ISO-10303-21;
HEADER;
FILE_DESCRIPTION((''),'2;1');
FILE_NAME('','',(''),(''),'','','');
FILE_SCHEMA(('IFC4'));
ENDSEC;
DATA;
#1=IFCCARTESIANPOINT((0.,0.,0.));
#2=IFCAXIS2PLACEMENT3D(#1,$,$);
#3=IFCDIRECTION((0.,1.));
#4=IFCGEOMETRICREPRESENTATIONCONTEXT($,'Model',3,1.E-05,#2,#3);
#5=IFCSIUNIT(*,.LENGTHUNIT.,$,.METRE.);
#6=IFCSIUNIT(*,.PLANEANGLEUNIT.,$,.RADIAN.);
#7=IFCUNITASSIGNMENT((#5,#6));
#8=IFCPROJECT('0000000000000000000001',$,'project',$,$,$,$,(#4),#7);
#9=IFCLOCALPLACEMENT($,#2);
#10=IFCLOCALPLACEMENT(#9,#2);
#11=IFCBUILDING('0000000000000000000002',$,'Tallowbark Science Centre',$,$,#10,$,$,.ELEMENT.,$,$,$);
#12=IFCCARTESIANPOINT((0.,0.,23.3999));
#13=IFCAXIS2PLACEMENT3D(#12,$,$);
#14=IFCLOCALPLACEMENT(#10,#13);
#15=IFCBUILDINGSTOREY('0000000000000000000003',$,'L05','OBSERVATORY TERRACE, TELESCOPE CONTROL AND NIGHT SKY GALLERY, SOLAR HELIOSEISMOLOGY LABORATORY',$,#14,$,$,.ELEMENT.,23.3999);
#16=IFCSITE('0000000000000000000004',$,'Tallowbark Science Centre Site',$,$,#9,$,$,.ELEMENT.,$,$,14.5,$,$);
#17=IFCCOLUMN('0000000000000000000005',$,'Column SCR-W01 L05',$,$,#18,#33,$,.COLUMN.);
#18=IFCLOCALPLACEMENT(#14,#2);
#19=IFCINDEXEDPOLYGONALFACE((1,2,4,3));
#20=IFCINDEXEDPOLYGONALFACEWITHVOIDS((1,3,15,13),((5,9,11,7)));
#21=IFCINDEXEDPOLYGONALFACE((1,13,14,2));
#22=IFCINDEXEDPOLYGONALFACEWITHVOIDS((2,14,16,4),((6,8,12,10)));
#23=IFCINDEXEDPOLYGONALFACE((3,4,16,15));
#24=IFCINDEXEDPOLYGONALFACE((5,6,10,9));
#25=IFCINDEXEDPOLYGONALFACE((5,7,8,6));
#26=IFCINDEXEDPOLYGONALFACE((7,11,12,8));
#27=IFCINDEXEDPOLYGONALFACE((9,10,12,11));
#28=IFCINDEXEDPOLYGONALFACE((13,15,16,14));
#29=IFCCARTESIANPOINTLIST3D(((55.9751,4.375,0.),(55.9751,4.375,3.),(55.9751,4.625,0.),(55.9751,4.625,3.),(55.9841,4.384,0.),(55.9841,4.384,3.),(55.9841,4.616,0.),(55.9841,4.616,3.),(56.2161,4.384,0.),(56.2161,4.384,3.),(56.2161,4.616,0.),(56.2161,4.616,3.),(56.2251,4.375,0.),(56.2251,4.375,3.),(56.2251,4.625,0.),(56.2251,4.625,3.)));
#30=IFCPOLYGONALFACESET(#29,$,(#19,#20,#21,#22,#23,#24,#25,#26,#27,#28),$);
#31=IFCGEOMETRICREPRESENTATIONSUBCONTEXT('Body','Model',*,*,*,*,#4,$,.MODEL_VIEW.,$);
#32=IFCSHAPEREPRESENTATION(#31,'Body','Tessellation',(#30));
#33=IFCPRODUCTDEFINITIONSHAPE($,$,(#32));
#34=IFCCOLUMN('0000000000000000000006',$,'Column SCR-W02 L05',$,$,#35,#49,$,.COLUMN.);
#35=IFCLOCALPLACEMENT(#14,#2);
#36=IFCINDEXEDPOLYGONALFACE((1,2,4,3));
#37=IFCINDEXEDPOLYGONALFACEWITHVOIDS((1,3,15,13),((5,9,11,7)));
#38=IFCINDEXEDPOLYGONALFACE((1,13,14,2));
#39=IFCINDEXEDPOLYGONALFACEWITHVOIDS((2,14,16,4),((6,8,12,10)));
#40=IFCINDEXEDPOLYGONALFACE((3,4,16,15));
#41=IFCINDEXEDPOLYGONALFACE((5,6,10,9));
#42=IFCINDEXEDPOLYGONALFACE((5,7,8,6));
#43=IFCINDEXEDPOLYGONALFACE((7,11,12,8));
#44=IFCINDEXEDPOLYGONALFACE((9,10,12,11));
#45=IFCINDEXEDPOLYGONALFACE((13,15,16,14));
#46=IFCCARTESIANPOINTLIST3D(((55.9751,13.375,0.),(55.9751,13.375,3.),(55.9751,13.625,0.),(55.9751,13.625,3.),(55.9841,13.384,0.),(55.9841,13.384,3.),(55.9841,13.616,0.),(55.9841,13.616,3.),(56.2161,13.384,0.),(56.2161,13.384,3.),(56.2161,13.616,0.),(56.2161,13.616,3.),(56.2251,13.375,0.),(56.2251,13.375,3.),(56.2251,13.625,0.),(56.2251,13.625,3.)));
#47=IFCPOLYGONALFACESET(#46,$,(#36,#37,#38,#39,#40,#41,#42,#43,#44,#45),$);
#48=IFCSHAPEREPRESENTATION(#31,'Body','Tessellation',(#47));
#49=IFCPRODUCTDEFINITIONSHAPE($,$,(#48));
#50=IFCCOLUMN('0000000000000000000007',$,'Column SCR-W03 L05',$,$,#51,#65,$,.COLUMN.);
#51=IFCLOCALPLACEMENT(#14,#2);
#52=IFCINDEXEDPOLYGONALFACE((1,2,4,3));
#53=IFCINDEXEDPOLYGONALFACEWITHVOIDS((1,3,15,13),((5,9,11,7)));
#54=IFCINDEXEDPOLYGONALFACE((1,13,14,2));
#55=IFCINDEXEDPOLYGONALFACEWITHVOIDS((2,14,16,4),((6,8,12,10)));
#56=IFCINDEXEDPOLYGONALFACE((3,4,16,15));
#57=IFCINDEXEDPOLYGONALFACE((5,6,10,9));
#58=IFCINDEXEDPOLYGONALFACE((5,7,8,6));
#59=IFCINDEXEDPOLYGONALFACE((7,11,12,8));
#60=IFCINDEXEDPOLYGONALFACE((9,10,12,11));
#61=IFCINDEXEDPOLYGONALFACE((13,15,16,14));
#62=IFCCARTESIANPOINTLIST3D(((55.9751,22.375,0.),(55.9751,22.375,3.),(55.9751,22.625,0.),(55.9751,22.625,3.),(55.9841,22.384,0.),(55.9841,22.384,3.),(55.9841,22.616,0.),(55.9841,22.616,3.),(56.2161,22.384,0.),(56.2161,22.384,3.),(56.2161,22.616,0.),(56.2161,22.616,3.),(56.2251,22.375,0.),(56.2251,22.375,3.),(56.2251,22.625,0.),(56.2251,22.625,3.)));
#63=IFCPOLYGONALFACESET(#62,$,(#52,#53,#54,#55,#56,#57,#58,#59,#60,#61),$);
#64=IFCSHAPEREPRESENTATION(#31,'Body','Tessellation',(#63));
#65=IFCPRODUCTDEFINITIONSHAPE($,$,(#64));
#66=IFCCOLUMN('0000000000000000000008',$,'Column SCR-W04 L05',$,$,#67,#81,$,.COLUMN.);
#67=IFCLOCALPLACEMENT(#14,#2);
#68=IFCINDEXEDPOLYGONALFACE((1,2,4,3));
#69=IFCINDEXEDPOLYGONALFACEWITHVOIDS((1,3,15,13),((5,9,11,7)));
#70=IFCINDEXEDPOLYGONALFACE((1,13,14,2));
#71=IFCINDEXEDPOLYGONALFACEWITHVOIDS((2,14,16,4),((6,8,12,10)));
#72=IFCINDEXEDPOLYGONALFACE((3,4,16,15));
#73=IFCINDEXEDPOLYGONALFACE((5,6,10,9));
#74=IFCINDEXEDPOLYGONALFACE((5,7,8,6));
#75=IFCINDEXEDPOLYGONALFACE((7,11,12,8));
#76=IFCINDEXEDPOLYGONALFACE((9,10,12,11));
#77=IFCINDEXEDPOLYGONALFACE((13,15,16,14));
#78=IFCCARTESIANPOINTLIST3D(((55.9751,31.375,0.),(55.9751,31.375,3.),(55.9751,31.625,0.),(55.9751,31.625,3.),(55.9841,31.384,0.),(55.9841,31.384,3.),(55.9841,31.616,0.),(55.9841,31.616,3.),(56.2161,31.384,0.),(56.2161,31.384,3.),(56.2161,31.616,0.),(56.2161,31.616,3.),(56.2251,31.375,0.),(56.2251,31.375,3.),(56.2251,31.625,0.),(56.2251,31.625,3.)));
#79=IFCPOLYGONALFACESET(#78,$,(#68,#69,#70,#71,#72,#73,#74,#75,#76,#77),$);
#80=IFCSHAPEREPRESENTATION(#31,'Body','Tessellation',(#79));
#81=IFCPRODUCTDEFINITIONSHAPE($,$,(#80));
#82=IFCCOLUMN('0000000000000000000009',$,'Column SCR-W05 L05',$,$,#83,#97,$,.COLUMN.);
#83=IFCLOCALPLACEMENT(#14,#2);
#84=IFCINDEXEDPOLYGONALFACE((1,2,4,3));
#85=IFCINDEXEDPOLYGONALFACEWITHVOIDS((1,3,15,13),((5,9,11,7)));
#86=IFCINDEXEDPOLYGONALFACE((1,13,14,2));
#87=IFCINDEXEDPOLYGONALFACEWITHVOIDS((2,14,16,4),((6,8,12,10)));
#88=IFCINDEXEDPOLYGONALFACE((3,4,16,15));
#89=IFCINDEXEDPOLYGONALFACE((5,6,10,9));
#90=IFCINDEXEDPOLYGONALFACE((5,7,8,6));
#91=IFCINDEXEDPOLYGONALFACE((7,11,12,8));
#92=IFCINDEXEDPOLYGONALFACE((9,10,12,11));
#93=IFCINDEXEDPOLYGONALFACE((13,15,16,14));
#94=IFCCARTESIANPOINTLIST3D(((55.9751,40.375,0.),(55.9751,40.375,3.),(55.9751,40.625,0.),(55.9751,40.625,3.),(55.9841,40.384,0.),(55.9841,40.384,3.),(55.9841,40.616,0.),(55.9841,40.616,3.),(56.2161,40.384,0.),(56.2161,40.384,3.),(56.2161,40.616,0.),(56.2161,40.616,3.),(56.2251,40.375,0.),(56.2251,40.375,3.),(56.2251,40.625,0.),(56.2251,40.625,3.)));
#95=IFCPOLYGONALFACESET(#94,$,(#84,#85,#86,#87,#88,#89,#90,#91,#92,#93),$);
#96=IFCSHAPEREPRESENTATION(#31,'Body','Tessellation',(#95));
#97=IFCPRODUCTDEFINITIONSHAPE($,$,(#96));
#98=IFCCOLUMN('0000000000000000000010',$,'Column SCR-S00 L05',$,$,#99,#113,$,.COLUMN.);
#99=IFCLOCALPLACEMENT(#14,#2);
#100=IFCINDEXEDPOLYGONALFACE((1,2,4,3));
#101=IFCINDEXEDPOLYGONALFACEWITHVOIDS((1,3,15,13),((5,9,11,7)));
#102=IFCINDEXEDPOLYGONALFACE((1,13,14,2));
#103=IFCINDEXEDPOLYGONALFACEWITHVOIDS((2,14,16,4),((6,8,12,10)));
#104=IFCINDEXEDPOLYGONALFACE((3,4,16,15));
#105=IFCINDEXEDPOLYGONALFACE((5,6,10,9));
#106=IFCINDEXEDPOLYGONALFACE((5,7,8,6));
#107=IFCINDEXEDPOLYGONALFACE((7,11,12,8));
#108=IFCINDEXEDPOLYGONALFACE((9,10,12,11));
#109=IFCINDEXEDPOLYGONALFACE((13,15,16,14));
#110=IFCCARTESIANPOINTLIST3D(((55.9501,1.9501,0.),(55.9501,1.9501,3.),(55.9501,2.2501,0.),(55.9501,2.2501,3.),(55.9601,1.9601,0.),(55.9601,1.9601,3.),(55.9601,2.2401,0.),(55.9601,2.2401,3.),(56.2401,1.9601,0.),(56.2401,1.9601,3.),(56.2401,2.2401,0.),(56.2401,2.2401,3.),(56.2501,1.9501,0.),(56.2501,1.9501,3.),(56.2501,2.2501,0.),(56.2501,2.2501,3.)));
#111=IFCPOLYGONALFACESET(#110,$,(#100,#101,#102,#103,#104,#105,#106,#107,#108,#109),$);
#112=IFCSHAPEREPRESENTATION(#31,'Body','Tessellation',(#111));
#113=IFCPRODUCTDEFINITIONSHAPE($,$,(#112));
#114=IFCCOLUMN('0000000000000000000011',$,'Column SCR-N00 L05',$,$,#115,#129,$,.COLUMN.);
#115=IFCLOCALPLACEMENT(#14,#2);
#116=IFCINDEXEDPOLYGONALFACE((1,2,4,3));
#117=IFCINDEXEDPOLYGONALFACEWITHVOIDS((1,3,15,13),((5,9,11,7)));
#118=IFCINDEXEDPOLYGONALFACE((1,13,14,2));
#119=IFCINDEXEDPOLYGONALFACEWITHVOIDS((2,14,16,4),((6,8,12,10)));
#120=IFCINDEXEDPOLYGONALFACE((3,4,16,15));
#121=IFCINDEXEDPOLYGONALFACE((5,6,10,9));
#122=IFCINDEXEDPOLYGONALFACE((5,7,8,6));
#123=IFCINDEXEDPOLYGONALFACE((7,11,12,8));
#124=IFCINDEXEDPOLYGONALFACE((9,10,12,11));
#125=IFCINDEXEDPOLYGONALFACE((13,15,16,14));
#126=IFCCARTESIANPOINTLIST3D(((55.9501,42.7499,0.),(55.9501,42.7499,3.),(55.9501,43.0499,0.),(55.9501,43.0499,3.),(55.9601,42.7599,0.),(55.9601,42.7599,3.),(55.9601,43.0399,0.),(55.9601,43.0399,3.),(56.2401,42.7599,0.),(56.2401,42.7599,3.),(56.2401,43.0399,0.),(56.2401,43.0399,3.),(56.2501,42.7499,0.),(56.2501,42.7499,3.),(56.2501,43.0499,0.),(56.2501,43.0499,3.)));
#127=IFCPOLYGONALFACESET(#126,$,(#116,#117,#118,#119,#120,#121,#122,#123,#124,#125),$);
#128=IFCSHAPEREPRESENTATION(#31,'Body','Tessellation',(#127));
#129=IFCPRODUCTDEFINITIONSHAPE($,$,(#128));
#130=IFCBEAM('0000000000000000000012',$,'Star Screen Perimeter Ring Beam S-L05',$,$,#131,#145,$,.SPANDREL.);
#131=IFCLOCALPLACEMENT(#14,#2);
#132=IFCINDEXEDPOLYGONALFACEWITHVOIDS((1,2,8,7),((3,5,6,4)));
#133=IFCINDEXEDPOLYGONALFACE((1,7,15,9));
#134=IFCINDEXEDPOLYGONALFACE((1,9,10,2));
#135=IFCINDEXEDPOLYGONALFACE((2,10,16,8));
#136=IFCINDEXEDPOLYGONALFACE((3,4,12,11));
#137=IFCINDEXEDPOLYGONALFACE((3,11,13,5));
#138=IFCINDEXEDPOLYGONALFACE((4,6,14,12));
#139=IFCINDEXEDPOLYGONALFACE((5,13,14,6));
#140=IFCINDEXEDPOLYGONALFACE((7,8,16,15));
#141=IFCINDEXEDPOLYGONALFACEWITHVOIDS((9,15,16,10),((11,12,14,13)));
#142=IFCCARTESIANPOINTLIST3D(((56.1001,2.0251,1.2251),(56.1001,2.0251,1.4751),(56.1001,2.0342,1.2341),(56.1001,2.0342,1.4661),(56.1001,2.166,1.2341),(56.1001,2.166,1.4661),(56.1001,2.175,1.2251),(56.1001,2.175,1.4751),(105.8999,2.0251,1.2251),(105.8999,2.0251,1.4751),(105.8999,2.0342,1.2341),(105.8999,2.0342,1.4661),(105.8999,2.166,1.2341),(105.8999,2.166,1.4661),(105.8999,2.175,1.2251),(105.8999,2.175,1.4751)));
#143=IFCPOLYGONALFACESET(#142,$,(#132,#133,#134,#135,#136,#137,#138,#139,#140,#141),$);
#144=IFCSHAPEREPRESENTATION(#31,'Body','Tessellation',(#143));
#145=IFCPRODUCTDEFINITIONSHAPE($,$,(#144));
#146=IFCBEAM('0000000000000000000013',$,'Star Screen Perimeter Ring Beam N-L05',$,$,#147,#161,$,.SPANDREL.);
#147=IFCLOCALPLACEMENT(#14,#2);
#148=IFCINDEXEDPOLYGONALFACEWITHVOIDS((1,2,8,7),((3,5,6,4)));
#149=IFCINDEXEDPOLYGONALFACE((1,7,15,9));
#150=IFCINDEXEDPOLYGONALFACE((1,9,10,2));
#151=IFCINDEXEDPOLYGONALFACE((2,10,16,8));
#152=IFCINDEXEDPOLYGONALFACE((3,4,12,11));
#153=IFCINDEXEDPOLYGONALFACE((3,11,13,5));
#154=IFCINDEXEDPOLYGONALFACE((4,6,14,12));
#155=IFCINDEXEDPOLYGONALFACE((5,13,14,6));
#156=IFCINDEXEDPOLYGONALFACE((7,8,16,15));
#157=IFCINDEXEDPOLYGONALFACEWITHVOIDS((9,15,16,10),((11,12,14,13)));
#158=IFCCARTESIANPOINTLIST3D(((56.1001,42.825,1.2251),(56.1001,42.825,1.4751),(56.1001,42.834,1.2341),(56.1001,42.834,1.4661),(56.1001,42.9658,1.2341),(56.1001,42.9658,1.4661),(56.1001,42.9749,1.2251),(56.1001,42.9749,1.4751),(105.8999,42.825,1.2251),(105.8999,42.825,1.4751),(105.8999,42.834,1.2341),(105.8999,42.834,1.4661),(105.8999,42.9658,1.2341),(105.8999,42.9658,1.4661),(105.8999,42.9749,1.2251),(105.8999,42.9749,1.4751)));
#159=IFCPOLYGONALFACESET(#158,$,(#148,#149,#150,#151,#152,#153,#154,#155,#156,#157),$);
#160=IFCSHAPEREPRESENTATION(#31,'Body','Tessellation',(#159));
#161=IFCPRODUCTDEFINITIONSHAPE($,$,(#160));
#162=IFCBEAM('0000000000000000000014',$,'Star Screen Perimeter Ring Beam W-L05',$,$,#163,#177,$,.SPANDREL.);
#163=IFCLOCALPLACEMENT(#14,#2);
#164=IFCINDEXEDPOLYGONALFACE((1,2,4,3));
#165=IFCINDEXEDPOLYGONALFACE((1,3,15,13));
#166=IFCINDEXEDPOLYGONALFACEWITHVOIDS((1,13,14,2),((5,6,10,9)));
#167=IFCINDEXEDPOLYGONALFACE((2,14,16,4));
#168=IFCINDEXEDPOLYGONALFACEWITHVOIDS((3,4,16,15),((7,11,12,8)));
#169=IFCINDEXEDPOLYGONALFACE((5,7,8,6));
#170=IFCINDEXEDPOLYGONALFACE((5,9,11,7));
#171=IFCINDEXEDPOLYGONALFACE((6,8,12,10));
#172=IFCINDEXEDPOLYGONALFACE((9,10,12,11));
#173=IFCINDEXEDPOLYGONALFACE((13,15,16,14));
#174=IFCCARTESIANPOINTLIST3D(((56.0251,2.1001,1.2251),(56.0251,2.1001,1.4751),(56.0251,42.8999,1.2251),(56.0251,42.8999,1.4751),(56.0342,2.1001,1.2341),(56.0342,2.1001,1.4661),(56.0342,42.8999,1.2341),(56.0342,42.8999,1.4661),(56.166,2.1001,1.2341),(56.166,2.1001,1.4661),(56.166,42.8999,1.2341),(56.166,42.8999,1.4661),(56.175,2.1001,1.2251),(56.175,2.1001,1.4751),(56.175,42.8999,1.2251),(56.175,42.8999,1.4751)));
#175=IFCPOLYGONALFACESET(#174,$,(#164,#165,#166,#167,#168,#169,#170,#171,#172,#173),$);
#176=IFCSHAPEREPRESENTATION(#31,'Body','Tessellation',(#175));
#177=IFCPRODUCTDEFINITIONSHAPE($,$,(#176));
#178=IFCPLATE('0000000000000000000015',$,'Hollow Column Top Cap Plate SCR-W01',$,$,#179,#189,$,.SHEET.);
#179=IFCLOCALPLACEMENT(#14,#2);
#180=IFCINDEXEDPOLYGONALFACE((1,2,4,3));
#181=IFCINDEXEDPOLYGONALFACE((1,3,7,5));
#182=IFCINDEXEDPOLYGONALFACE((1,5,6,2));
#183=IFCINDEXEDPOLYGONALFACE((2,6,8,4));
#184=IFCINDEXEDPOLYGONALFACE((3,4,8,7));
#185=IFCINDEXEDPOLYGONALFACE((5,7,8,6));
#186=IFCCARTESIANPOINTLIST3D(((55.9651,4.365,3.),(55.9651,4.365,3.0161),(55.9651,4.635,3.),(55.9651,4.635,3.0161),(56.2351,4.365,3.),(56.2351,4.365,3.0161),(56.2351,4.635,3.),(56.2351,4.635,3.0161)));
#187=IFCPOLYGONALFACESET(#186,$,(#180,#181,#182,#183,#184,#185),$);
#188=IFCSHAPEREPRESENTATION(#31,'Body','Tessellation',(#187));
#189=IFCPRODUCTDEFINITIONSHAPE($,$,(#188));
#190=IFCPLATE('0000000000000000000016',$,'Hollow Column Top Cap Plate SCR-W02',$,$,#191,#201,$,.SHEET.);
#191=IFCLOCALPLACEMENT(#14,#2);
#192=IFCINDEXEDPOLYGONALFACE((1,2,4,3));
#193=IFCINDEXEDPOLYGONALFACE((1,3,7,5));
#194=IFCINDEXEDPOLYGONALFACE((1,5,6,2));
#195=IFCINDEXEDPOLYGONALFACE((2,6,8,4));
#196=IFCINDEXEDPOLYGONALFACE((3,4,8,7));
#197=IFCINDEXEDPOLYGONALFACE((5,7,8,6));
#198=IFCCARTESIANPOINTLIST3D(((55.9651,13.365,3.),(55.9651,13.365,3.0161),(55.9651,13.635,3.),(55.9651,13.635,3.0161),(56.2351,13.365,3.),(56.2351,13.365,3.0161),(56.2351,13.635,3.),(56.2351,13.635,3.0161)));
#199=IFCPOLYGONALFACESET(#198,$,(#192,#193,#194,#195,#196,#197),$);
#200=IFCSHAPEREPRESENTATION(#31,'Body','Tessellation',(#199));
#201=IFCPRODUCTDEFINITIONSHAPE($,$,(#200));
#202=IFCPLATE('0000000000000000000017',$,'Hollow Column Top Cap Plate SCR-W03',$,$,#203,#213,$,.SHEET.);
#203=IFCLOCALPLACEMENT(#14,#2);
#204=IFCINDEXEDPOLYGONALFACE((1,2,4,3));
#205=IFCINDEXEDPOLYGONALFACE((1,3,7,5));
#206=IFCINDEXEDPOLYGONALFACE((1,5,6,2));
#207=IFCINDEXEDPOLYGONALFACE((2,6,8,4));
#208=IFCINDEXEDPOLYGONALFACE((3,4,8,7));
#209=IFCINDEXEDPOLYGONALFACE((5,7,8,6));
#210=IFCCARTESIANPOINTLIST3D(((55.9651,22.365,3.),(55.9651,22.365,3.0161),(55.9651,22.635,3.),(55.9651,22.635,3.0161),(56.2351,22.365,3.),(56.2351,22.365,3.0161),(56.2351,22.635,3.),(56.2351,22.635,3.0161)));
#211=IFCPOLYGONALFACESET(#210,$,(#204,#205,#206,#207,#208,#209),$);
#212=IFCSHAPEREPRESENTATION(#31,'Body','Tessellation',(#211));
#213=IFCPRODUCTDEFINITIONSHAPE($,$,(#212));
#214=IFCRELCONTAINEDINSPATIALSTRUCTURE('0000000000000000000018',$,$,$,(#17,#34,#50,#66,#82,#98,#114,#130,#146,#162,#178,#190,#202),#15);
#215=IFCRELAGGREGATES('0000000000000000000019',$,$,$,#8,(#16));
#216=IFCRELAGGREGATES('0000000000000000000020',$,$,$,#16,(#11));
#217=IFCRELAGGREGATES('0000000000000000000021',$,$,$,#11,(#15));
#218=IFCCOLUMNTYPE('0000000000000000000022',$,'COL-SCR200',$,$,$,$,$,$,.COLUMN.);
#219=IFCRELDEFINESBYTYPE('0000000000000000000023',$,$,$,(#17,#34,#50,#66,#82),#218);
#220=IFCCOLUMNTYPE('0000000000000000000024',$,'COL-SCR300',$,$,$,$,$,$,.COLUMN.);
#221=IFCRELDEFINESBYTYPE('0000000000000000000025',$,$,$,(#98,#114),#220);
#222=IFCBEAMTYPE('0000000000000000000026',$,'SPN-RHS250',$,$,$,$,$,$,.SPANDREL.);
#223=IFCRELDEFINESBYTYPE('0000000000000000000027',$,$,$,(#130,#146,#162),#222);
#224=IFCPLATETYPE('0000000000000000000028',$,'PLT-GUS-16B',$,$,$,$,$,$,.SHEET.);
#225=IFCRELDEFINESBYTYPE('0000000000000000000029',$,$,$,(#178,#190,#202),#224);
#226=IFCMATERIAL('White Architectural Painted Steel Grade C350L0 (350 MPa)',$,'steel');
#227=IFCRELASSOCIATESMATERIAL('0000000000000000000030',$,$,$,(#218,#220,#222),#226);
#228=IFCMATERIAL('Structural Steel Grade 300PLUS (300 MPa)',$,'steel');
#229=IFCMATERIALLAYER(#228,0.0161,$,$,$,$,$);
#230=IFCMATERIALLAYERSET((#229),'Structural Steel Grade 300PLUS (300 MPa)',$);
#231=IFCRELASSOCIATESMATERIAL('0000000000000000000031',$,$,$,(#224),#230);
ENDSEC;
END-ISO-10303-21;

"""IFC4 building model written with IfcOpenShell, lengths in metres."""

from ifc_helpers import new_model, si_unit, direction, frame, origin, origin_2d, place, context, subcontext, project, spatial, rectangle, hollow_rectangle, extrude, material, layer, layer_set, material_profile, profile_set, type_object, element, save


model = new_model("IFC4")

# Units and contexts
model_context = context("Model", 3, precision=1e-05, world=origin(), true_north=direction((0.0, 1.0)))
body_context = subcontext(model_context, "Body", "Model", "MODEL_VIEW")
ifc_project = project(units=[si_unit("LENGTHUNIT", "METRE"), si_unit("PLANEANGLEUNIT", "RADIAN")], contexts=[model_context])

# Site, building, storey
site_placement = place(None, origin())
site = spatial("IfcSite", under=ifc_project, at=site_placement, Name="Tallowbark Science Centre Site", CompositionType="ELEMENT", RefElevation=14.5)
building_placement = place(site_placement, origin())
building = spatial("IfcBuilding", under=site, at=building_placement, Name="Tallowbark Science Centre", CompositionType="ELEMENT")
storey_placement = place(building_placement, frame((0.0, 0.0, 23.3999)))
storey = spatial("IfcBuildingStorey", under=building, at=storey_placement, Name="L05", Description="OBSERVATORY TERRACE, TELESCOPE CONTROL AND NIGHT SKY GALLERY, SOLAR HELIOSEISMOLOGY LABORATORY", CompositionType="ELEMENT", Elevation=23.3999)

# Columns
ifc_material_1 = material(Name="White Architectural Painted Steel Grade C350L0 (350 MPa)", Category="steel")
ifc_material_profile_1 = material_profile(ifc_material_1, hollow_rectangle(XDim=0.25, YDim=0.25, WallThickness=0.009, at=origin_2d()), Name="250x250x9.0SHS")
ifc_profile_set_1 = profile_set([ifc_material_profile_1], Name="White Architectural Painted Steel Grade C350L0 (350 MPa)")
column_type_1 = type_object("IfcColumnType", Name="COL-SCR200", PredefinedType="COLUMN", material=ifc_profile_set_1)
for number, where, z_axis, x_axis, name in (
    (1, (56.1001, 4.5, 0.0), (0.0, 0.0, 1.0), (1.0, 0.0, 0.0), "Column SCR-W01 L05"),
    (2, (56.1001, 13.5, 0.0), (0.0, 0.0, 1.0), (1.0, 0.0, 0.0), "Column SCR-W02 L05"),
    (3, (56.1001, 22.5, 0.0), (0.0, 0.0, 1.0), (1.0, 0.0, 0.0), "Column SCR-W03 L05"),
    (4, (56.1001, 31.5, 0.0), (0.0, 0.0, 1.0), (1.0, 0.0, 0.0), "Column SCR-W04 L05"),
    (5, (56.1001, 40.5, 0.0), (0.0, 0.0, 1.0), (1.0, 0.0, 0.0), "Column SCR-W05 L05"),
):
    element("IfcColumn", number, at=place(storey_placement, frame(where, z_axis=z_axis, x_axis=x_axis)), inside=storey, type_object=column_type_1, Name=name, PredefinedType="COLUMN", context=body_context, shape_type="SweptSolid", body=[
        extrude(hollow_rectangle(XDim=0.25, YDim=0.25, WallThickness=0.009, at=origin_2d()), origin(), (0.0, 0.0, 1.0), 3.0),
    ])
ifc_material_profile_2 = material_profile(ifc_material_1, hollow_rectangle(XDim=0.3, YDim=0.3, WallThickness=0.01, at=origin_2d()), Name="300x300x10.0SHS")
ifc_profile_set_2 = profile_set([ifc_material_profile_2], Name="White Architectural Painted Steel Grade C350L0 (350 MPa)")
column_type_2 = type_object("IfcColumnType", Name="COL-SCR300", PredefinedType="COLUMN", material=ifc_profile_set_2)
for number, where, z_axis, x_axis, name in (
    (6, (56.1001, 2.1001, 0.0), (0.0, 0.0, 1.0), (1.0, 0.0, 0.0), "Column SCR-S00 L05"),
    (7, (56.1001, 42.8999, 0.0), (0.0, 0.0, 1.0), (1.0, 0.0, 0.0), "Column SCR-N00 L05"),
):
    element("IfcColumn", number, at=place(storey_placement, frame(where, z_axis=z_axis, x_axis=x_axis)), inside=storey, type_object=column_type_2, Name=name, PredefinedType="COLUMN", context=body_context, shape_type="SweptSolid", body=[
        extrude(hollow_rectangle(XDim=0.3, YDim=0.3, WallThickness=0.01, at=origin_2d()), origin(), (0.0, 0.0, 1.0), 3.0),
    ])

# Beams
ifc_material_profile_3 = material_profile(ifc_material_1, hollow_rectangle(XDim=0.1499, YDim=0.25, WallThickness=0.009, at=origin_2d()), Name="250x150x9.0RHS")
ifc_profile_set_3 = profile_set([ifc_material_profile_3], Name="White Architectural Painted Steel Grade C350L0 (350 MPa)")
beam_type = type_object("IfcBeamType", Name="SPN-RHS250", PredefinedType="SPANDREL", material=ifc_profile_set_3)
for number, where, z_axis, x_axis, name in (
    (8, (56.1001, 2.1001, 1.3501), (1.0, 0.0, 0.0), (0.0, 1.0, 0.0), "Star Screen Perimeter Ring Beam S-L05"),
    (9, (56.1001, 42.8999, 1.3501), (1.0, 0.0, 0.0), (0.0, 1.0, 0.0), "Star Screen Perimeter Ring Beam N-L05"),
):
    element("IfcBeam", number, at=place(storey_placement, frame(where, z_axis=z_axis, x_axis=x_axis)), inside=storey, type_object=beam_type, Name=name, PredefinedType="SPANDREL", context=body_context, shape_type="SweptSolid", body=[
        extrude(hollow_rectangle(XDim=0.1499, YDim=0.25, WallThickness=0.009, at=origin_2d()), origin(), (0.0, 0.0, 1.0), 49.7998),
    ])
beam_placement = place(storey_placement, frame((56.1001, 2.1001, 1.3501), z_axis=(0.0, 1.0, 0.0), x_axis=(-1.0, 0.0, 0.0)))
element("IfcBeam", 10, at=beam_placement, inside=storey, type_object=beam_type, Name="Star Screen Perimeter Ring Beam W-L05", PredefinedType="SPANDREL", context=body_context, shape_type="SweptSolid", body=[
    extrude(hollow_rectangle(XDim=0.1499, YDim=0.25, WallThickness=0.009, at=origin_2d()), origin(), (0.0, 0.0, 1.0), 40.7998),
])

# Plates
ifc_material_2 = material(Name="Structural Steel Grade 300PLUS (300 MPa)", Category="steel")
ifc_layer_1 = layer(ifc_material_2, 0.0161)
ifc_layer_set_1 = layer_set([ifc_layer_1], Name="Structural Steel Grade 300PLUS (300 MPa)")
plate_type_1 = type_object("IfcPlateType", Name="PLT-GUS-16B", PredefinedType="SHEET", material=ifc_layer_set_1)
for number, where, z_axis, x_axis, name in (
    (11, (56.1001, 4.5, 3.0), (0.0, 0.0, 1.0), (1.0, 0.0, 0.0), "Hollow Column Top Cap Plate SCR-W01"),
    (12, (56.1001, 13.5, 3.0), (0.0, 0.0, 1.0), (1.0, 0.0, 0.0), "Hollow Column Top Cap Plate SCR-W02"),
    (13, (56.1001, 22.5, 3.0), (0.0, 0.0, 1.0), (1.0, 0.0, 0.0), "Hollow Column Top Cap Plate SCR-W03"),
):
    element("IfcPlate", number, at=place(storey_placement, frame(where, z_axis=z_axis, x_axis=x_axis)), inside=storey, type_object=plate_type_1, Name=name, PredefinedType="SHEET", context=body_context, shape_type="SweptSolid", body=[
        extrude(rectangle(XDim=0.27, YDim=0.27, at=origin_2d()), origin(), (0.0, 0.0, 1.0), 0.0161),
    ])

save(model, "model.ifc")
